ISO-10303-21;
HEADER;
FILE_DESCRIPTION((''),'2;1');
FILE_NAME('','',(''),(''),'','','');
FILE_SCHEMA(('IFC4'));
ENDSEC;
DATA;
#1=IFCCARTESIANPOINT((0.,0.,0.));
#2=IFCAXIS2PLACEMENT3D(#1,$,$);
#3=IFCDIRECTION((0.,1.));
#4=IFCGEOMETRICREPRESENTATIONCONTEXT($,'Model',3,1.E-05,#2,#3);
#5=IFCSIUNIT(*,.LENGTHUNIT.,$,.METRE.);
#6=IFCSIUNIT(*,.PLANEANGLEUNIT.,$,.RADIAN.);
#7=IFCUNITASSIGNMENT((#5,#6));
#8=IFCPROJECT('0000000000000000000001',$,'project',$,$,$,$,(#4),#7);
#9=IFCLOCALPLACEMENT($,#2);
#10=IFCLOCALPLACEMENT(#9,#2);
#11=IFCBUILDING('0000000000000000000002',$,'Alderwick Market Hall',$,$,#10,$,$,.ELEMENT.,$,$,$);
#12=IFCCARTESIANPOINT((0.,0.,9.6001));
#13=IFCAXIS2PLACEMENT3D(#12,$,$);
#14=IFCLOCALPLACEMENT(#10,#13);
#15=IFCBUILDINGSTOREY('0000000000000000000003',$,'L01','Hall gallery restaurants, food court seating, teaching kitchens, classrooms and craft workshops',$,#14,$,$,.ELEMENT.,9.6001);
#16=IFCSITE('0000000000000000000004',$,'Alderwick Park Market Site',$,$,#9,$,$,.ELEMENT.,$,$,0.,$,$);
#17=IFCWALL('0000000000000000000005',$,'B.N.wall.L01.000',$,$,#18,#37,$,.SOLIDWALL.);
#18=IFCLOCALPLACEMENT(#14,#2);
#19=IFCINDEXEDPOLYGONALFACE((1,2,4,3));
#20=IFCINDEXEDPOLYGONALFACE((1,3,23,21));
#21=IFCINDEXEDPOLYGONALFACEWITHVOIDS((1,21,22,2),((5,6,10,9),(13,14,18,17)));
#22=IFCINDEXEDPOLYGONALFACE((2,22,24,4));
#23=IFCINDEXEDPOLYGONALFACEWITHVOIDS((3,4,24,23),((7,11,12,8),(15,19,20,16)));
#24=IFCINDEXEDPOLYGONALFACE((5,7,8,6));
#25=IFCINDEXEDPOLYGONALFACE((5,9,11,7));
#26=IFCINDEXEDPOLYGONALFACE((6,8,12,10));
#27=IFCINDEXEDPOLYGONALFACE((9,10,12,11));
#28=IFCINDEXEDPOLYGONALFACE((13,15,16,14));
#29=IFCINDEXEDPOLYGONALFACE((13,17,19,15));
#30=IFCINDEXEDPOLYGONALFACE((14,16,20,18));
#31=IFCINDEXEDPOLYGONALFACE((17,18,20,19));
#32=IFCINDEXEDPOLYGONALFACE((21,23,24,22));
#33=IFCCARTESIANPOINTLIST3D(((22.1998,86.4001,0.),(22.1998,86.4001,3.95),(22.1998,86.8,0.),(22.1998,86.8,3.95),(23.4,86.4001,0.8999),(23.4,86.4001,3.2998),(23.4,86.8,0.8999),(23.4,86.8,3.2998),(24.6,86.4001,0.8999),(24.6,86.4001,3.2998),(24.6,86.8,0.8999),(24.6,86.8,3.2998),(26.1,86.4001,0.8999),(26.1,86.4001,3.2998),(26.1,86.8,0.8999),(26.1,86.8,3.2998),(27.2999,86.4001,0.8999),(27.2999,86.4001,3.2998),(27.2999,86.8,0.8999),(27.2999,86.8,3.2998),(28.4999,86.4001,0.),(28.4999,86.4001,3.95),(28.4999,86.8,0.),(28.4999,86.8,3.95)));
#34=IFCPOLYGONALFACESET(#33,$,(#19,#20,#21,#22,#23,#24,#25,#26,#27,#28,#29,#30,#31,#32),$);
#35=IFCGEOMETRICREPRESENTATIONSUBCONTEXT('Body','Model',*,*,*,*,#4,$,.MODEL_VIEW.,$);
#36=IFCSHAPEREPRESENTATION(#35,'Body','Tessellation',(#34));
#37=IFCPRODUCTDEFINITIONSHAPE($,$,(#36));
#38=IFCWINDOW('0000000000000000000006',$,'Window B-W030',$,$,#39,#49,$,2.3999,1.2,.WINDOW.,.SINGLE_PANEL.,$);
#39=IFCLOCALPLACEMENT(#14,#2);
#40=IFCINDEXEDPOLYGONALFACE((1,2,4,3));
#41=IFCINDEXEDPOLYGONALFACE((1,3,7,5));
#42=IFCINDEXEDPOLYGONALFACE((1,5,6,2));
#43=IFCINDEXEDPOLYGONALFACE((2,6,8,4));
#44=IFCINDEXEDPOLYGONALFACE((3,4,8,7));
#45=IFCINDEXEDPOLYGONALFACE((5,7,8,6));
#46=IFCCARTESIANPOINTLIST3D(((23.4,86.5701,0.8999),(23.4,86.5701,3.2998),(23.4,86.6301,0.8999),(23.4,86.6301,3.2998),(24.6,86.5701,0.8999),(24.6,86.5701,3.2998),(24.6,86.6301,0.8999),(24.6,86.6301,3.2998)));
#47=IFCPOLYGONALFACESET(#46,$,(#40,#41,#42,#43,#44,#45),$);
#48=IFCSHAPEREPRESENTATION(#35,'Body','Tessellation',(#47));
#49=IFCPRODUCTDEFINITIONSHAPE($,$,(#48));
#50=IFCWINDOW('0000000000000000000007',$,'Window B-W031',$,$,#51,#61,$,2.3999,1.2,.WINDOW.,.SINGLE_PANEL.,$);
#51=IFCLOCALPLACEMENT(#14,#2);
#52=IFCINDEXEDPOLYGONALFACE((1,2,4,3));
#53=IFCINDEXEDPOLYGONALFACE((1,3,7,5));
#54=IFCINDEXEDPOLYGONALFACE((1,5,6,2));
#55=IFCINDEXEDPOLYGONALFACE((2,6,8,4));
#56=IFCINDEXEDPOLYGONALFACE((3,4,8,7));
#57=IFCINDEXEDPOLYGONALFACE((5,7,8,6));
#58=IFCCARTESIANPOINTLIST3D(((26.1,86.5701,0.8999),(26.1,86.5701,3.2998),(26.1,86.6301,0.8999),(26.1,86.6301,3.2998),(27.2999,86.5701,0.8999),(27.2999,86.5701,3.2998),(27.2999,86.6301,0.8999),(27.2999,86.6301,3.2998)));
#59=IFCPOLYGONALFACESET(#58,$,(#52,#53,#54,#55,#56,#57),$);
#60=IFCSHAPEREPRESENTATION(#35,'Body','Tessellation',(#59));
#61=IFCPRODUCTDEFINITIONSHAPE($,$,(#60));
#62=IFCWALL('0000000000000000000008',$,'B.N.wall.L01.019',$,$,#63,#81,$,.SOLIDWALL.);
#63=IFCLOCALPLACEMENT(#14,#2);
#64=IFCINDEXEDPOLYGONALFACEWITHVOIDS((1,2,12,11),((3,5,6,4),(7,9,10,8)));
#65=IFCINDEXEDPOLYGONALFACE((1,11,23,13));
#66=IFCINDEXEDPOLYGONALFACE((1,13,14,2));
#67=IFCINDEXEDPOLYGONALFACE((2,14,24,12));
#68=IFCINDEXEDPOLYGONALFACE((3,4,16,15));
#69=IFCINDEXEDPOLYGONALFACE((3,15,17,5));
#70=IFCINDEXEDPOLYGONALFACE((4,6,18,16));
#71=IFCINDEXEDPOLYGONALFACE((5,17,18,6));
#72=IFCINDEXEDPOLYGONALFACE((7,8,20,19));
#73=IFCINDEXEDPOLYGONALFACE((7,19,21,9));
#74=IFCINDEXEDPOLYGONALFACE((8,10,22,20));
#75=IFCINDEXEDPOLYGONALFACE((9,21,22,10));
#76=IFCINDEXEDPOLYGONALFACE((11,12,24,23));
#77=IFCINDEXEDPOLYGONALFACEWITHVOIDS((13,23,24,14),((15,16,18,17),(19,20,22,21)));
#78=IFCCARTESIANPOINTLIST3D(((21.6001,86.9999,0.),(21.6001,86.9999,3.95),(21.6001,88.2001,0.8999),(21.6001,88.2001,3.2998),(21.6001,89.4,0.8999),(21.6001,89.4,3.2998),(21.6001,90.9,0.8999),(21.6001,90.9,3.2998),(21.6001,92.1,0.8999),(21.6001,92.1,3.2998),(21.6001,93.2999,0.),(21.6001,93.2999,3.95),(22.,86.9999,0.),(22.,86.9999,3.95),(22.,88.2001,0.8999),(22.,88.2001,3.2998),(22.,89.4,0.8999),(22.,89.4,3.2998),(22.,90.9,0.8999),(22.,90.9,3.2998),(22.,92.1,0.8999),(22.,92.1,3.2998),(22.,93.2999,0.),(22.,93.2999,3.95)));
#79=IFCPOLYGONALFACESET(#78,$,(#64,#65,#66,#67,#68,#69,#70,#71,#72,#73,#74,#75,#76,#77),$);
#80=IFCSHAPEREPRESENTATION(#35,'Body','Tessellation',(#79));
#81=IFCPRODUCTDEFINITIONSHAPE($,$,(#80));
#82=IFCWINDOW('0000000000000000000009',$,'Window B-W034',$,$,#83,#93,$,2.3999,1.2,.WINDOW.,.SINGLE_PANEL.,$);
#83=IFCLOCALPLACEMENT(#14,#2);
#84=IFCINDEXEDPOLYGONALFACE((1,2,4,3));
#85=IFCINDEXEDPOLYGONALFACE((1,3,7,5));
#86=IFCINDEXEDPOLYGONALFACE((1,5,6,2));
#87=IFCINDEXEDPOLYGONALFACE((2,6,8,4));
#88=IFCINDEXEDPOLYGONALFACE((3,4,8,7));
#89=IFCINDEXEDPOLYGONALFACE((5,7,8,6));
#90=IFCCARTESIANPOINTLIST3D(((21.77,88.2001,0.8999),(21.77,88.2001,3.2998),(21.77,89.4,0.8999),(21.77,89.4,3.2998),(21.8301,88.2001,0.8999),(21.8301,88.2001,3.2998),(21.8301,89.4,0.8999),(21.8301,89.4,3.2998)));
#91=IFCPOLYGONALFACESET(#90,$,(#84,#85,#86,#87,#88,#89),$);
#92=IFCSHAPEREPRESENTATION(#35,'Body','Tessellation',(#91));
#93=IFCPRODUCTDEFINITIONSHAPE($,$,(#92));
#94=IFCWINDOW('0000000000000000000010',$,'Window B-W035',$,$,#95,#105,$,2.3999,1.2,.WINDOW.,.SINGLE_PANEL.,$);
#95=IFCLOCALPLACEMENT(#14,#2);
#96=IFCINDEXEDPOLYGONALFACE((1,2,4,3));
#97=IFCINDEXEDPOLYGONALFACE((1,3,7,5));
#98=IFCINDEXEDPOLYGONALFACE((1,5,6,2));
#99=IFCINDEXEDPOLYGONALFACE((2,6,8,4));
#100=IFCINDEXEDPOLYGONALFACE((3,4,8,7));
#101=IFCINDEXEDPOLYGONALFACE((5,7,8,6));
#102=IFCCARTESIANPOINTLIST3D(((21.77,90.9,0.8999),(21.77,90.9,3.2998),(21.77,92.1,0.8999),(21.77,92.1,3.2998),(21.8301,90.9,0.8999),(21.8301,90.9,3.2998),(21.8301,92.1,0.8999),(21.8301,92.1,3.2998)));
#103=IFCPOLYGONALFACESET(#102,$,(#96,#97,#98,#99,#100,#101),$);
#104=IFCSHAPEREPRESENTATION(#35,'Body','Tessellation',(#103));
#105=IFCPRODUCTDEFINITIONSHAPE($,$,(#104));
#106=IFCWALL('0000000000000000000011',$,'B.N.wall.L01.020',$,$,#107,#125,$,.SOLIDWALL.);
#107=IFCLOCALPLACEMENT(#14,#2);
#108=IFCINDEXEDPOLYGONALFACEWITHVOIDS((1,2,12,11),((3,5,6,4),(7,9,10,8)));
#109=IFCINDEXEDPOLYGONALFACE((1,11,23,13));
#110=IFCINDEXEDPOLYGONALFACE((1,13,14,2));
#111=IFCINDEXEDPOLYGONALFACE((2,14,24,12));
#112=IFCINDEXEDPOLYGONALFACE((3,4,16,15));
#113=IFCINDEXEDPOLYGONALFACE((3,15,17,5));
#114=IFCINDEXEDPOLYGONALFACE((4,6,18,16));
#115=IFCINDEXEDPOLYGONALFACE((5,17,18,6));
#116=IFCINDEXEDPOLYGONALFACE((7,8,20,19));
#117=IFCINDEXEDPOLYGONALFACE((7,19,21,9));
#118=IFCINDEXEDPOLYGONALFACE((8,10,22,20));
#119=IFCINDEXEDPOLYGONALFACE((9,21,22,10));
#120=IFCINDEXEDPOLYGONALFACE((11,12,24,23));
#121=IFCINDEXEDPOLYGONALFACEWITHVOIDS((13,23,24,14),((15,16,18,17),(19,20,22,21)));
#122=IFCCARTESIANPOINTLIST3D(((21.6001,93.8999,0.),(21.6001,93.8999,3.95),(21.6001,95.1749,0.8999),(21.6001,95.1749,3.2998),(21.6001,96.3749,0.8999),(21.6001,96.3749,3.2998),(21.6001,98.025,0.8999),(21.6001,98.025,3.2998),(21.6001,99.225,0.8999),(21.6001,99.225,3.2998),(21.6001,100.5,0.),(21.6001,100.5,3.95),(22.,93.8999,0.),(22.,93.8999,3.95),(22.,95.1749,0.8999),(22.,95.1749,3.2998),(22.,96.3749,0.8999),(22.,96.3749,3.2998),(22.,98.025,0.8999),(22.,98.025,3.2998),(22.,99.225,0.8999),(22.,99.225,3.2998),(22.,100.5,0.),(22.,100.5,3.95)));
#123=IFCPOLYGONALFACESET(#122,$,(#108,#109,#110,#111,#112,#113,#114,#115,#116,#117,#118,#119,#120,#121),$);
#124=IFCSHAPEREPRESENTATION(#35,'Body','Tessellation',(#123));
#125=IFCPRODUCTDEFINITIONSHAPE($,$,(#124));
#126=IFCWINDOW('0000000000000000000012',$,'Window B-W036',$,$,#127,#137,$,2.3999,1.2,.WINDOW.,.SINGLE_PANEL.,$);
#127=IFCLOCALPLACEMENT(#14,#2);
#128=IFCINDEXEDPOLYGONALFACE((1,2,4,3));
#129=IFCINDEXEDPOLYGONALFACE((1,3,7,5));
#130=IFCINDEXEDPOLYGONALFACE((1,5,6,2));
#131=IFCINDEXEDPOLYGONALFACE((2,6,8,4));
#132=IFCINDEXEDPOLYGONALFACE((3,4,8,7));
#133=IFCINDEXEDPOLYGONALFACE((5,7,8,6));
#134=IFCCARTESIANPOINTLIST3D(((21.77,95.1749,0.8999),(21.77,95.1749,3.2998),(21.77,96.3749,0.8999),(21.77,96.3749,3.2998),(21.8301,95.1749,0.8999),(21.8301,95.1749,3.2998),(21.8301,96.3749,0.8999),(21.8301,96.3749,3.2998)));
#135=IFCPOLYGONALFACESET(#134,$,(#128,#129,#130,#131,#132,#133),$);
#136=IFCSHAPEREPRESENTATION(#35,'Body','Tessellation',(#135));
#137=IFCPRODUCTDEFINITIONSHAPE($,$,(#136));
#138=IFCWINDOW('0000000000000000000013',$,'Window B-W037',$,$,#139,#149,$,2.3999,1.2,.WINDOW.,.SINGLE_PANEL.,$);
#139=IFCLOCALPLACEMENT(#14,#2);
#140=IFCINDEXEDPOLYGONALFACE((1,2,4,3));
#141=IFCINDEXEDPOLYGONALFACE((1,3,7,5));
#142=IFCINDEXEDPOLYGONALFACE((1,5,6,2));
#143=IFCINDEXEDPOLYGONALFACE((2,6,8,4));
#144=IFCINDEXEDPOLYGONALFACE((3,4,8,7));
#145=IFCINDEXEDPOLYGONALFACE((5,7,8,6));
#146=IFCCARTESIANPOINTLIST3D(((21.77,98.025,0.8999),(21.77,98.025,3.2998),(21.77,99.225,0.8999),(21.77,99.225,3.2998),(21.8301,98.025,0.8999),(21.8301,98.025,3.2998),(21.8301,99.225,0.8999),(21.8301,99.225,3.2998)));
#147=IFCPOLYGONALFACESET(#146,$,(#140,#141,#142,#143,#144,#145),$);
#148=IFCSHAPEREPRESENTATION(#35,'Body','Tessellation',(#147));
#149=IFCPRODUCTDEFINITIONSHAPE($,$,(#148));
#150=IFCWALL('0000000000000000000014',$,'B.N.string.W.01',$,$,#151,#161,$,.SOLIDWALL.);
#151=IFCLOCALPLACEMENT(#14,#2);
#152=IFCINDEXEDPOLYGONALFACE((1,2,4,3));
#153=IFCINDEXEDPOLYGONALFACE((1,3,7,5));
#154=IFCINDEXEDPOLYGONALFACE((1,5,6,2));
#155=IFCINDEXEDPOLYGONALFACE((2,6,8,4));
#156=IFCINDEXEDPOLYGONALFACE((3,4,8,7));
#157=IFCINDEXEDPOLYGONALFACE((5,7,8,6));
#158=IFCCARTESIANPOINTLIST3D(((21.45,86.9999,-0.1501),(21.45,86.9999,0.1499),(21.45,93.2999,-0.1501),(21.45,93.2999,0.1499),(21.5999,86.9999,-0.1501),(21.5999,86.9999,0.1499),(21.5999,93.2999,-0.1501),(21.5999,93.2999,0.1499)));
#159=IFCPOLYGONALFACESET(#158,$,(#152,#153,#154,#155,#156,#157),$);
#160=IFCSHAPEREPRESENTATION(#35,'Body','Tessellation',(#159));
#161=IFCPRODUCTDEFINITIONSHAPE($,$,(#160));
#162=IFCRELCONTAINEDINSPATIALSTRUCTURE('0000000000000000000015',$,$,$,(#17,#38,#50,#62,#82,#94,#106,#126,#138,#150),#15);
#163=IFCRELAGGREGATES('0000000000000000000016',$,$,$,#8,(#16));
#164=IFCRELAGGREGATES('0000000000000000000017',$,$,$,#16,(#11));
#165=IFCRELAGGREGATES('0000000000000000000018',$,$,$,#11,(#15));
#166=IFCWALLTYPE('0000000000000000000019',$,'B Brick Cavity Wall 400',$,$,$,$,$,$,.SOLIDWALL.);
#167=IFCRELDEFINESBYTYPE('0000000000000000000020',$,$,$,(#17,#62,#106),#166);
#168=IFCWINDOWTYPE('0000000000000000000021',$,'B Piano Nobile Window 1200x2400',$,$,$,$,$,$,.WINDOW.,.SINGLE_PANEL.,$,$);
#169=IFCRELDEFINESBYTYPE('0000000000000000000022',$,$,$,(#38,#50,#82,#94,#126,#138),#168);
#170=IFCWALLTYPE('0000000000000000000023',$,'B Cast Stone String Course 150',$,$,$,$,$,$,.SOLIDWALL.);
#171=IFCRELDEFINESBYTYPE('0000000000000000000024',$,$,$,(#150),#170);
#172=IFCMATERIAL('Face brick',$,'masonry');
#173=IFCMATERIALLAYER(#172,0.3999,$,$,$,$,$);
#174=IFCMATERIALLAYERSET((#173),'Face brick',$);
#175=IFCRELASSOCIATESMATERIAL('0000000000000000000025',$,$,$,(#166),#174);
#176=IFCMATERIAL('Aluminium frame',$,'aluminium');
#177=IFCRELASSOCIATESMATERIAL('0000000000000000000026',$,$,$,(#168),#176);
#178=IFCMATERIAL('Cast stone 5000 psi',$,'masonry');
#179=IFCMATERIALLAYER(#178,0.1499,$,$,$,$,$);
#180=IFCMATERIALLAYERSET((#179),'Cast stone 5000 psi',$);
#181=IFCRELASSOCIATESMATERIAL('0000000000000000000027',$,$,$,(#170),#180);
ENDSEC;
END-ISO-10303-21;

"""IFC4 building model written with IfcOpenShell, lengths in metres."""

from ifc_helpers import new_model, si_unit, direction, frame, frame_2d, origin, place, context, subcontext, project, spatial, rectangle, extrude, material, layer, layer_set, type_object, element, fill, save


model = new_model("IFC4")

# Units and contexts
model_context = context("Model", 3, precision=1e-05, world=origin(), true_north=direction((0.0, 1.0)))
body_context = subcontext(model_context, "Body", "Model", "MODEL_VIEW")
ifc_project = project(units=[si_unit("LENGTHUNIT", "METRE"), si_unit("PLANEANGLEUNIT", "RADIAN")], contexts=[model_context])

# Site, building, storey
site_placement = place(None, origin())
site = spatial("IfcSite", under=ifc_project, at=site_placement, Name="Alderwick Park Market Site", CompositionType="ELEMENT", RefElevation=0.0)
building_placement = place(site_placement, origin())
building = spatial("IfcBuilding", under=site, at=building_placement, Name="Alderwick Market Hall", CompositionType="ELEMENT")
storey_placement = place(building_placement, frame((0.0, 0.0, 9.6001)))
storey = spatial("IfcBuildingStorey", under=building, at=storey_placement, Name="L01", Description="Hall gallery restaurants, food court seating, teaching kitchens, classrooms and craft workshops", CompositionType="ELEMENT", Elevation=9.6001)

# Walls, openings, windows
ifc_material_1 = material(Name="Face brick", Category="masonry")
ifc_layer_1 = layer(ifc_material_1, 0.3999)
ifc_layer_set_1 = layer_set([ifc_layer_1], Name="Face brick")
wall_type_1 = type_object("IfcWallType", Name="B Brick Cavity Wall 400", PredefinedType="SOLIDWALL", material=ifc_layer_set_1)
wall_1_placement = place(storey_placement, frame((22.2, 86.6001, 0.0), z_axis=(0.0, 0.0, 1.0), x_axis=(1.0, 0.0, 0.0)))
wall_1 = element("IfcWall", 1, at=wall_1_placement, inside=storey, type_object=wall_type_1, Name="B.N.wall.L01.000", PredefinedType="SOLIDWALL", context=body_context, shape_type="SweptSolid", body=[
    extrude(rectangle(XDim=6.3, YDim=0.3999, at=frame_2d((3.1499, 0.0))), origin(), (0.0, 0.0, 1.0), 3.95),
])
opening_1_placement = place(wall_1_placement, frame((1.2, 0.0, 0.8999)))
opening_1 = element("IfcOpeningElement", 2, at=opening_1_placement, cuts=wall_1, PredefinedType="OPENING", context=body_context, shape_type="SweptSolid", body=[
    extrude(rectangle(XDim=1.2, YDim=2.3999, at=frame_2d((0.6001, 1.2))), frame((0.0, 0.21, 0.0), z_axis=(0.0, -1.0, 0.0), x_axis=(1.0, 0.0, 0.0)), (0.0, 0.0, 1.0), 0.4199),
])
opening_2_placement = place(wall_1_placement, frame((3.8999, 0.0, 0.8999)))
opening_2 = element("IfcOpeningElement", 3, at=opening_2_placement, cuts=wall_1, PredefinedType="OPENING", context=body_context, shape_type="SweptSolid", body=[
    extrude(rectangle(XDim=1.2, YDim=2.3999, at=frame_2d((0.6001, 1.2))), frame((0.0, 0.21, 0.0), z_axis=(0.0, -1.0, 0.0), x_axis=(1.0, 0.0, 0.0)), (0.0, 0.0, 1.0), 0.4199),
])
ifc_material_2 = material(Name="Aluminium frame", Category="aluminium")
window_type = type_object("IfcWindowType", Name="B Piano Nobile Window 1200x2400", PartitioningType="SINGLE_PANEL", PredefinedType="WINDOW", material=ifc_material_2)
window_1_placement = place(opening_1_placement, origin())
window_1 = element("IfcWindow", 4, at=window_1_placement, inside=storey, type_object=window_type, Name="Window B-W030", OverallHeight=2.3999, OverallWidth=1.2, PartitioningType="SINGLE_PANEL", PredefinedType="WINDOW", context=body_context, shape_type="SweptSolid", body=[
    extrude(rectangle(XDim=1.2, YDim=2.3999, at=frame_2d((0.6001, 1.2))), frame((0.0, 0.03, 0.0), z_axis=(0.0, -1.0, 0.0), x_axis=(1.0, 0.0, 0.0)), (0.0, 0.0, 1.0), 0.0601),
])
fill(opening_1, window_1)
window_2_placement = place(opening_2_placement, origin())
window_2 = element("IfcWindow", 5, at=window_2_placement, inside=storey, type_object=window_type, Name="Window B-W031", OverallHeight=2.3999, OverallWidth=1.2, PartitioningType="SINGLE_PANEL", PredefinedType="WINDOW", context=body_context, shape_type="SweptSolid", body=[
    extrude(rectangle(XDim=1.2, YDim=2.3999, at=frame_2d((0.6001, 1.2))), frame((0.0, 0.03, 0.0), z_axis=(0.0, -1.0, 0.0), x_axis=(1.0, 0.0, 0.0)), (0.0, 0.0, 1.0), 0.0601),
])
fill(opening_2, window_2)
wall_2_placement = place(storey_placement, frame((21.8, 87.0, 0.0), z_axis=(0.0, 0.0, 1.0), x_axis=(0.0, 1.0, 0.0)))
wall_2 = element("IfcWall", 6, at=wall_2_placement, inside=storey, type_object=wall_type_1, Name="B.N.wall.L01.019", PredefinedType="SOLIDWALL", context=body_context, shape_type="SweptSolid", body=[
    extrude(rectangle(XDim=6.3, YDim=0.3999, at=frame_2d((3.1499, 0.0))), origin(), (0.0, 0.0, 1.0), 3.95),
])
opening_3_placement = place(wall_2_placement, frame((1.2, 0.0, 0.8999)))
opening_3 = element("IfcOpeningElement", 7, at=opening_3_placement, cuts=wall_2, PredefinedType="OPENING", context=body_context, shape_type="SweptSolid", body=[
    extrude(rectangle(XDim=1.2, YDim=2.3999, at=frame_2d((0.6001, 1.2))), frame((0.0, 0.21, 0.0), z_axis=(0.0, -1.0, 0.0), x_axis=(1.0, 0.0, 0.0)), (0.0, 0.0, 1.0), 0.4199),
])
opening_4_placement = place(wall_2_placement, frame((3.8999, 0.0, 0.8999)))
opening_4 = element("IfcOpeningElement", 8, at=opening_4_placement, cuts=wall_2, PredefinedType="OPENING", context=body_context, shape_type="SweptSolid", body=[
    extrude(rectangle(XDim=1.2, YDim=2.3999, at=frame_2d((0.6001, 1.2))), frame((0.0, 0.21, 0.0), z_axis=(0.0, -1.0, 0.0), x_axis=(1.0, 0.0, 0.0)), (0.0, 0.0, 1.0), 0.4199),
])
window_3_placement = place(opening_3_placement, origin())
window_3 = element("IfcWindow", 9, at=window_3_placement, inside=storey, type_object=window_type, Name="Window B-W034", OverallHeight=2.3999, OverallWidth=1.2, PartitioningType="SINGLE_PANEL", PredefinedType="WINDOW", context=body_context, shape_type="SweptSolid", body=[
    extrude(rectangle(XDim=1.2, YDim=2.3999, at=frame_2d((0.6001, 1.2))), frame((0.0, 0.03, 0.0), z_axis=(0.0, -1.0, 0.0), x_axis=(1.0, 0.0, 0.0)), (0.0, 0.0, 1.0), 0.0601),
])
fill(opening_3, window_3)
window_4_placement = place(opening_4_placement, origin())
window_4 = element("IfcWindow", 10, at=window_4_placement, inside=storey, type_object=window_type, Name="Window B-W035", OverallHeight=2.3999, OverallWidth=1.2, PartitioningType="SINGLE_PANEL", PredefinedType="WINDOW", context=body_context, shape_type="SweptSolid", body=[
    extrude(rectangle(XDim=1.2, YDim=2.3999, at=frame_2d((0.6001, 1.2))), frame((0.0, 0.03, 0.0), z_axis=(0.0, -1.0, 0.0), x_axis=(1.0, 0.0, 0.0)), (0.0, 0.0, 1.0), 0.0601),
])
fill(opening_4, window_4)
wall_3_placement = place(storey_placement, frame((21.8, 93.8999, 0.0), z_axis=(0.0, 0.0, 1.0), x_axis=(0.0, 1.0, 0.0)))
wall_3 = element("IfcWall", 11, at=wall_3_placement, inside=storey, type_object=wall_type_1, Name="B.N.wall.L01.020", PredefinedType="SOLIDWALL", context=body_context, shape_type="SweptSolid", body=[
    extrude(rectangle(XDim=6.6001, YDim=0.3999, at=frame_2d((3.3, 0.0))), origin(), (0.0, 0.0, 1.0), 3.95),
])
opening_5_placement = place(wall_3_placement, frame((1.2749, 0.0, 0.8999)))
opening_5 = element("IfcOpeningElement", 12, at=opening_5_placement, cuts=wall_3, PredefinedType="OPENING", context=body_context, shape_type="SweptSolid", body=[
    extrude(rectangle(XDim=1.2, YDim=2.3999, at=frame_2d((0.6001, 1.2))), frame((0.0, 0.21, 0.0), z_axis=(0.0, -1.0, 0.0), x_axis=(1.0, 0.0, 0.0)), (0.0, 0.0, 1.0), 0.4199),
])
opening_6_placement = place(wall_3_placement, frame((4.125, 0.0, 0.8999)))
opening_6 = element("IfcOpeningElement", 13, at=opening_6_placement, cuts=wall_3, PredefinedType="OPENING", context=body_context, shape_type="SweptSolid", body=[
    extrude(rectangle(XDim=1.2, YDim=2.3999, at=frame_2d((0.6001, 1.2))), frame((0.0, 0.21, 0.0), z_axis=(0.0, -1.0, 0.0), x_axis=(1.0, 0.0, 0.0)), (0.0, 0.0, 1.0), 0.4199),
])
window_5_placement = place(opening_5_placement, origin())
window_5 = element("IfcWindow", 14, at=window_5_placement, inside=storey, type_object=window_type, Name="Window B-W036", OverallHeight=2.3999, OverallWidth=1.2, PartitioningType="SINGLE_PANEL", PredefinedType="WINDOW", context=body_context, shape_type="SweptSolid", body=[
    extrude(rectangle(XDim=1.2, YDim=2.3999, at=frame_2d((0.6001, 1.2))), frame((0.0, 0.03, 0.0), z_axis=(0.0, -1.0, 0.0), x_axis=(1.0, 0.0, 0.0)), (0.0, 0.0, 1.0), 0.0601),
])
fill(opening_5, window_5)
window_6_placement = place(opening_6_placement, origin())
window_6 = element("IfcWindow", 15, at=window_6_placement, inside=storey, type_object=window_type, Name="Window B-W037", OverallHeight=2.3999, OverallWidth=1.2, PartitioningType="SINGLE_PANEL", PredefinedType="WINDOW", context=body_context, shape_type="SweptSolid", body=[
    extrude(rectangle(XDim=1.2, YDim=2.3999, at=frame_2d((0.6001, 1.2))), frame((0.0, 0.03, 0.0), z_axis=(0.0, -1.0, 0.0), x_axis=(1.0, 0.0, 0.0)), (0.0, 0.0, 1.0), 0.0601),
])
fill(opening_6, window_6)

# Wall
ifc_material_3 = material(Name="Cast stone 5000 psi", Category="masonry")
ifc_layer_2 = layer(ifc_material_3, 0.1499)
ifc_layer_set_2 = layer_set([ifc_layer_2], Name="Cast stone 5000 psi")
wall_type_2 = type_object("IfcWallType", Name="B Cast Stone String Course 150", PredefinedType="SOLIDWALL", material=ifc_layer_set_2)
wall_4_placement = place(storey_placement, frame((21.5249, 87.0, -0.1501), z_axis=(0.0, 0.0, 1.0), x_axis=(0.0, 1.0, 0.0)))
element("IfcWall", 16, at=wall_4_placement, inside=storey, type_object=wall_type_2, Name="B.N.string.W.01", PredefinedType="SOLIDWALL", context=body_context, shape_type="SweptSolid", body=[
    extrude(rectangle(XDim=6.3, YDim=0.1499, at=frame_2d((3.1499, 0.0))), origin(), (0.0, 0.0, 1.0), 0.3),
])

save(model, "model.ifc")
